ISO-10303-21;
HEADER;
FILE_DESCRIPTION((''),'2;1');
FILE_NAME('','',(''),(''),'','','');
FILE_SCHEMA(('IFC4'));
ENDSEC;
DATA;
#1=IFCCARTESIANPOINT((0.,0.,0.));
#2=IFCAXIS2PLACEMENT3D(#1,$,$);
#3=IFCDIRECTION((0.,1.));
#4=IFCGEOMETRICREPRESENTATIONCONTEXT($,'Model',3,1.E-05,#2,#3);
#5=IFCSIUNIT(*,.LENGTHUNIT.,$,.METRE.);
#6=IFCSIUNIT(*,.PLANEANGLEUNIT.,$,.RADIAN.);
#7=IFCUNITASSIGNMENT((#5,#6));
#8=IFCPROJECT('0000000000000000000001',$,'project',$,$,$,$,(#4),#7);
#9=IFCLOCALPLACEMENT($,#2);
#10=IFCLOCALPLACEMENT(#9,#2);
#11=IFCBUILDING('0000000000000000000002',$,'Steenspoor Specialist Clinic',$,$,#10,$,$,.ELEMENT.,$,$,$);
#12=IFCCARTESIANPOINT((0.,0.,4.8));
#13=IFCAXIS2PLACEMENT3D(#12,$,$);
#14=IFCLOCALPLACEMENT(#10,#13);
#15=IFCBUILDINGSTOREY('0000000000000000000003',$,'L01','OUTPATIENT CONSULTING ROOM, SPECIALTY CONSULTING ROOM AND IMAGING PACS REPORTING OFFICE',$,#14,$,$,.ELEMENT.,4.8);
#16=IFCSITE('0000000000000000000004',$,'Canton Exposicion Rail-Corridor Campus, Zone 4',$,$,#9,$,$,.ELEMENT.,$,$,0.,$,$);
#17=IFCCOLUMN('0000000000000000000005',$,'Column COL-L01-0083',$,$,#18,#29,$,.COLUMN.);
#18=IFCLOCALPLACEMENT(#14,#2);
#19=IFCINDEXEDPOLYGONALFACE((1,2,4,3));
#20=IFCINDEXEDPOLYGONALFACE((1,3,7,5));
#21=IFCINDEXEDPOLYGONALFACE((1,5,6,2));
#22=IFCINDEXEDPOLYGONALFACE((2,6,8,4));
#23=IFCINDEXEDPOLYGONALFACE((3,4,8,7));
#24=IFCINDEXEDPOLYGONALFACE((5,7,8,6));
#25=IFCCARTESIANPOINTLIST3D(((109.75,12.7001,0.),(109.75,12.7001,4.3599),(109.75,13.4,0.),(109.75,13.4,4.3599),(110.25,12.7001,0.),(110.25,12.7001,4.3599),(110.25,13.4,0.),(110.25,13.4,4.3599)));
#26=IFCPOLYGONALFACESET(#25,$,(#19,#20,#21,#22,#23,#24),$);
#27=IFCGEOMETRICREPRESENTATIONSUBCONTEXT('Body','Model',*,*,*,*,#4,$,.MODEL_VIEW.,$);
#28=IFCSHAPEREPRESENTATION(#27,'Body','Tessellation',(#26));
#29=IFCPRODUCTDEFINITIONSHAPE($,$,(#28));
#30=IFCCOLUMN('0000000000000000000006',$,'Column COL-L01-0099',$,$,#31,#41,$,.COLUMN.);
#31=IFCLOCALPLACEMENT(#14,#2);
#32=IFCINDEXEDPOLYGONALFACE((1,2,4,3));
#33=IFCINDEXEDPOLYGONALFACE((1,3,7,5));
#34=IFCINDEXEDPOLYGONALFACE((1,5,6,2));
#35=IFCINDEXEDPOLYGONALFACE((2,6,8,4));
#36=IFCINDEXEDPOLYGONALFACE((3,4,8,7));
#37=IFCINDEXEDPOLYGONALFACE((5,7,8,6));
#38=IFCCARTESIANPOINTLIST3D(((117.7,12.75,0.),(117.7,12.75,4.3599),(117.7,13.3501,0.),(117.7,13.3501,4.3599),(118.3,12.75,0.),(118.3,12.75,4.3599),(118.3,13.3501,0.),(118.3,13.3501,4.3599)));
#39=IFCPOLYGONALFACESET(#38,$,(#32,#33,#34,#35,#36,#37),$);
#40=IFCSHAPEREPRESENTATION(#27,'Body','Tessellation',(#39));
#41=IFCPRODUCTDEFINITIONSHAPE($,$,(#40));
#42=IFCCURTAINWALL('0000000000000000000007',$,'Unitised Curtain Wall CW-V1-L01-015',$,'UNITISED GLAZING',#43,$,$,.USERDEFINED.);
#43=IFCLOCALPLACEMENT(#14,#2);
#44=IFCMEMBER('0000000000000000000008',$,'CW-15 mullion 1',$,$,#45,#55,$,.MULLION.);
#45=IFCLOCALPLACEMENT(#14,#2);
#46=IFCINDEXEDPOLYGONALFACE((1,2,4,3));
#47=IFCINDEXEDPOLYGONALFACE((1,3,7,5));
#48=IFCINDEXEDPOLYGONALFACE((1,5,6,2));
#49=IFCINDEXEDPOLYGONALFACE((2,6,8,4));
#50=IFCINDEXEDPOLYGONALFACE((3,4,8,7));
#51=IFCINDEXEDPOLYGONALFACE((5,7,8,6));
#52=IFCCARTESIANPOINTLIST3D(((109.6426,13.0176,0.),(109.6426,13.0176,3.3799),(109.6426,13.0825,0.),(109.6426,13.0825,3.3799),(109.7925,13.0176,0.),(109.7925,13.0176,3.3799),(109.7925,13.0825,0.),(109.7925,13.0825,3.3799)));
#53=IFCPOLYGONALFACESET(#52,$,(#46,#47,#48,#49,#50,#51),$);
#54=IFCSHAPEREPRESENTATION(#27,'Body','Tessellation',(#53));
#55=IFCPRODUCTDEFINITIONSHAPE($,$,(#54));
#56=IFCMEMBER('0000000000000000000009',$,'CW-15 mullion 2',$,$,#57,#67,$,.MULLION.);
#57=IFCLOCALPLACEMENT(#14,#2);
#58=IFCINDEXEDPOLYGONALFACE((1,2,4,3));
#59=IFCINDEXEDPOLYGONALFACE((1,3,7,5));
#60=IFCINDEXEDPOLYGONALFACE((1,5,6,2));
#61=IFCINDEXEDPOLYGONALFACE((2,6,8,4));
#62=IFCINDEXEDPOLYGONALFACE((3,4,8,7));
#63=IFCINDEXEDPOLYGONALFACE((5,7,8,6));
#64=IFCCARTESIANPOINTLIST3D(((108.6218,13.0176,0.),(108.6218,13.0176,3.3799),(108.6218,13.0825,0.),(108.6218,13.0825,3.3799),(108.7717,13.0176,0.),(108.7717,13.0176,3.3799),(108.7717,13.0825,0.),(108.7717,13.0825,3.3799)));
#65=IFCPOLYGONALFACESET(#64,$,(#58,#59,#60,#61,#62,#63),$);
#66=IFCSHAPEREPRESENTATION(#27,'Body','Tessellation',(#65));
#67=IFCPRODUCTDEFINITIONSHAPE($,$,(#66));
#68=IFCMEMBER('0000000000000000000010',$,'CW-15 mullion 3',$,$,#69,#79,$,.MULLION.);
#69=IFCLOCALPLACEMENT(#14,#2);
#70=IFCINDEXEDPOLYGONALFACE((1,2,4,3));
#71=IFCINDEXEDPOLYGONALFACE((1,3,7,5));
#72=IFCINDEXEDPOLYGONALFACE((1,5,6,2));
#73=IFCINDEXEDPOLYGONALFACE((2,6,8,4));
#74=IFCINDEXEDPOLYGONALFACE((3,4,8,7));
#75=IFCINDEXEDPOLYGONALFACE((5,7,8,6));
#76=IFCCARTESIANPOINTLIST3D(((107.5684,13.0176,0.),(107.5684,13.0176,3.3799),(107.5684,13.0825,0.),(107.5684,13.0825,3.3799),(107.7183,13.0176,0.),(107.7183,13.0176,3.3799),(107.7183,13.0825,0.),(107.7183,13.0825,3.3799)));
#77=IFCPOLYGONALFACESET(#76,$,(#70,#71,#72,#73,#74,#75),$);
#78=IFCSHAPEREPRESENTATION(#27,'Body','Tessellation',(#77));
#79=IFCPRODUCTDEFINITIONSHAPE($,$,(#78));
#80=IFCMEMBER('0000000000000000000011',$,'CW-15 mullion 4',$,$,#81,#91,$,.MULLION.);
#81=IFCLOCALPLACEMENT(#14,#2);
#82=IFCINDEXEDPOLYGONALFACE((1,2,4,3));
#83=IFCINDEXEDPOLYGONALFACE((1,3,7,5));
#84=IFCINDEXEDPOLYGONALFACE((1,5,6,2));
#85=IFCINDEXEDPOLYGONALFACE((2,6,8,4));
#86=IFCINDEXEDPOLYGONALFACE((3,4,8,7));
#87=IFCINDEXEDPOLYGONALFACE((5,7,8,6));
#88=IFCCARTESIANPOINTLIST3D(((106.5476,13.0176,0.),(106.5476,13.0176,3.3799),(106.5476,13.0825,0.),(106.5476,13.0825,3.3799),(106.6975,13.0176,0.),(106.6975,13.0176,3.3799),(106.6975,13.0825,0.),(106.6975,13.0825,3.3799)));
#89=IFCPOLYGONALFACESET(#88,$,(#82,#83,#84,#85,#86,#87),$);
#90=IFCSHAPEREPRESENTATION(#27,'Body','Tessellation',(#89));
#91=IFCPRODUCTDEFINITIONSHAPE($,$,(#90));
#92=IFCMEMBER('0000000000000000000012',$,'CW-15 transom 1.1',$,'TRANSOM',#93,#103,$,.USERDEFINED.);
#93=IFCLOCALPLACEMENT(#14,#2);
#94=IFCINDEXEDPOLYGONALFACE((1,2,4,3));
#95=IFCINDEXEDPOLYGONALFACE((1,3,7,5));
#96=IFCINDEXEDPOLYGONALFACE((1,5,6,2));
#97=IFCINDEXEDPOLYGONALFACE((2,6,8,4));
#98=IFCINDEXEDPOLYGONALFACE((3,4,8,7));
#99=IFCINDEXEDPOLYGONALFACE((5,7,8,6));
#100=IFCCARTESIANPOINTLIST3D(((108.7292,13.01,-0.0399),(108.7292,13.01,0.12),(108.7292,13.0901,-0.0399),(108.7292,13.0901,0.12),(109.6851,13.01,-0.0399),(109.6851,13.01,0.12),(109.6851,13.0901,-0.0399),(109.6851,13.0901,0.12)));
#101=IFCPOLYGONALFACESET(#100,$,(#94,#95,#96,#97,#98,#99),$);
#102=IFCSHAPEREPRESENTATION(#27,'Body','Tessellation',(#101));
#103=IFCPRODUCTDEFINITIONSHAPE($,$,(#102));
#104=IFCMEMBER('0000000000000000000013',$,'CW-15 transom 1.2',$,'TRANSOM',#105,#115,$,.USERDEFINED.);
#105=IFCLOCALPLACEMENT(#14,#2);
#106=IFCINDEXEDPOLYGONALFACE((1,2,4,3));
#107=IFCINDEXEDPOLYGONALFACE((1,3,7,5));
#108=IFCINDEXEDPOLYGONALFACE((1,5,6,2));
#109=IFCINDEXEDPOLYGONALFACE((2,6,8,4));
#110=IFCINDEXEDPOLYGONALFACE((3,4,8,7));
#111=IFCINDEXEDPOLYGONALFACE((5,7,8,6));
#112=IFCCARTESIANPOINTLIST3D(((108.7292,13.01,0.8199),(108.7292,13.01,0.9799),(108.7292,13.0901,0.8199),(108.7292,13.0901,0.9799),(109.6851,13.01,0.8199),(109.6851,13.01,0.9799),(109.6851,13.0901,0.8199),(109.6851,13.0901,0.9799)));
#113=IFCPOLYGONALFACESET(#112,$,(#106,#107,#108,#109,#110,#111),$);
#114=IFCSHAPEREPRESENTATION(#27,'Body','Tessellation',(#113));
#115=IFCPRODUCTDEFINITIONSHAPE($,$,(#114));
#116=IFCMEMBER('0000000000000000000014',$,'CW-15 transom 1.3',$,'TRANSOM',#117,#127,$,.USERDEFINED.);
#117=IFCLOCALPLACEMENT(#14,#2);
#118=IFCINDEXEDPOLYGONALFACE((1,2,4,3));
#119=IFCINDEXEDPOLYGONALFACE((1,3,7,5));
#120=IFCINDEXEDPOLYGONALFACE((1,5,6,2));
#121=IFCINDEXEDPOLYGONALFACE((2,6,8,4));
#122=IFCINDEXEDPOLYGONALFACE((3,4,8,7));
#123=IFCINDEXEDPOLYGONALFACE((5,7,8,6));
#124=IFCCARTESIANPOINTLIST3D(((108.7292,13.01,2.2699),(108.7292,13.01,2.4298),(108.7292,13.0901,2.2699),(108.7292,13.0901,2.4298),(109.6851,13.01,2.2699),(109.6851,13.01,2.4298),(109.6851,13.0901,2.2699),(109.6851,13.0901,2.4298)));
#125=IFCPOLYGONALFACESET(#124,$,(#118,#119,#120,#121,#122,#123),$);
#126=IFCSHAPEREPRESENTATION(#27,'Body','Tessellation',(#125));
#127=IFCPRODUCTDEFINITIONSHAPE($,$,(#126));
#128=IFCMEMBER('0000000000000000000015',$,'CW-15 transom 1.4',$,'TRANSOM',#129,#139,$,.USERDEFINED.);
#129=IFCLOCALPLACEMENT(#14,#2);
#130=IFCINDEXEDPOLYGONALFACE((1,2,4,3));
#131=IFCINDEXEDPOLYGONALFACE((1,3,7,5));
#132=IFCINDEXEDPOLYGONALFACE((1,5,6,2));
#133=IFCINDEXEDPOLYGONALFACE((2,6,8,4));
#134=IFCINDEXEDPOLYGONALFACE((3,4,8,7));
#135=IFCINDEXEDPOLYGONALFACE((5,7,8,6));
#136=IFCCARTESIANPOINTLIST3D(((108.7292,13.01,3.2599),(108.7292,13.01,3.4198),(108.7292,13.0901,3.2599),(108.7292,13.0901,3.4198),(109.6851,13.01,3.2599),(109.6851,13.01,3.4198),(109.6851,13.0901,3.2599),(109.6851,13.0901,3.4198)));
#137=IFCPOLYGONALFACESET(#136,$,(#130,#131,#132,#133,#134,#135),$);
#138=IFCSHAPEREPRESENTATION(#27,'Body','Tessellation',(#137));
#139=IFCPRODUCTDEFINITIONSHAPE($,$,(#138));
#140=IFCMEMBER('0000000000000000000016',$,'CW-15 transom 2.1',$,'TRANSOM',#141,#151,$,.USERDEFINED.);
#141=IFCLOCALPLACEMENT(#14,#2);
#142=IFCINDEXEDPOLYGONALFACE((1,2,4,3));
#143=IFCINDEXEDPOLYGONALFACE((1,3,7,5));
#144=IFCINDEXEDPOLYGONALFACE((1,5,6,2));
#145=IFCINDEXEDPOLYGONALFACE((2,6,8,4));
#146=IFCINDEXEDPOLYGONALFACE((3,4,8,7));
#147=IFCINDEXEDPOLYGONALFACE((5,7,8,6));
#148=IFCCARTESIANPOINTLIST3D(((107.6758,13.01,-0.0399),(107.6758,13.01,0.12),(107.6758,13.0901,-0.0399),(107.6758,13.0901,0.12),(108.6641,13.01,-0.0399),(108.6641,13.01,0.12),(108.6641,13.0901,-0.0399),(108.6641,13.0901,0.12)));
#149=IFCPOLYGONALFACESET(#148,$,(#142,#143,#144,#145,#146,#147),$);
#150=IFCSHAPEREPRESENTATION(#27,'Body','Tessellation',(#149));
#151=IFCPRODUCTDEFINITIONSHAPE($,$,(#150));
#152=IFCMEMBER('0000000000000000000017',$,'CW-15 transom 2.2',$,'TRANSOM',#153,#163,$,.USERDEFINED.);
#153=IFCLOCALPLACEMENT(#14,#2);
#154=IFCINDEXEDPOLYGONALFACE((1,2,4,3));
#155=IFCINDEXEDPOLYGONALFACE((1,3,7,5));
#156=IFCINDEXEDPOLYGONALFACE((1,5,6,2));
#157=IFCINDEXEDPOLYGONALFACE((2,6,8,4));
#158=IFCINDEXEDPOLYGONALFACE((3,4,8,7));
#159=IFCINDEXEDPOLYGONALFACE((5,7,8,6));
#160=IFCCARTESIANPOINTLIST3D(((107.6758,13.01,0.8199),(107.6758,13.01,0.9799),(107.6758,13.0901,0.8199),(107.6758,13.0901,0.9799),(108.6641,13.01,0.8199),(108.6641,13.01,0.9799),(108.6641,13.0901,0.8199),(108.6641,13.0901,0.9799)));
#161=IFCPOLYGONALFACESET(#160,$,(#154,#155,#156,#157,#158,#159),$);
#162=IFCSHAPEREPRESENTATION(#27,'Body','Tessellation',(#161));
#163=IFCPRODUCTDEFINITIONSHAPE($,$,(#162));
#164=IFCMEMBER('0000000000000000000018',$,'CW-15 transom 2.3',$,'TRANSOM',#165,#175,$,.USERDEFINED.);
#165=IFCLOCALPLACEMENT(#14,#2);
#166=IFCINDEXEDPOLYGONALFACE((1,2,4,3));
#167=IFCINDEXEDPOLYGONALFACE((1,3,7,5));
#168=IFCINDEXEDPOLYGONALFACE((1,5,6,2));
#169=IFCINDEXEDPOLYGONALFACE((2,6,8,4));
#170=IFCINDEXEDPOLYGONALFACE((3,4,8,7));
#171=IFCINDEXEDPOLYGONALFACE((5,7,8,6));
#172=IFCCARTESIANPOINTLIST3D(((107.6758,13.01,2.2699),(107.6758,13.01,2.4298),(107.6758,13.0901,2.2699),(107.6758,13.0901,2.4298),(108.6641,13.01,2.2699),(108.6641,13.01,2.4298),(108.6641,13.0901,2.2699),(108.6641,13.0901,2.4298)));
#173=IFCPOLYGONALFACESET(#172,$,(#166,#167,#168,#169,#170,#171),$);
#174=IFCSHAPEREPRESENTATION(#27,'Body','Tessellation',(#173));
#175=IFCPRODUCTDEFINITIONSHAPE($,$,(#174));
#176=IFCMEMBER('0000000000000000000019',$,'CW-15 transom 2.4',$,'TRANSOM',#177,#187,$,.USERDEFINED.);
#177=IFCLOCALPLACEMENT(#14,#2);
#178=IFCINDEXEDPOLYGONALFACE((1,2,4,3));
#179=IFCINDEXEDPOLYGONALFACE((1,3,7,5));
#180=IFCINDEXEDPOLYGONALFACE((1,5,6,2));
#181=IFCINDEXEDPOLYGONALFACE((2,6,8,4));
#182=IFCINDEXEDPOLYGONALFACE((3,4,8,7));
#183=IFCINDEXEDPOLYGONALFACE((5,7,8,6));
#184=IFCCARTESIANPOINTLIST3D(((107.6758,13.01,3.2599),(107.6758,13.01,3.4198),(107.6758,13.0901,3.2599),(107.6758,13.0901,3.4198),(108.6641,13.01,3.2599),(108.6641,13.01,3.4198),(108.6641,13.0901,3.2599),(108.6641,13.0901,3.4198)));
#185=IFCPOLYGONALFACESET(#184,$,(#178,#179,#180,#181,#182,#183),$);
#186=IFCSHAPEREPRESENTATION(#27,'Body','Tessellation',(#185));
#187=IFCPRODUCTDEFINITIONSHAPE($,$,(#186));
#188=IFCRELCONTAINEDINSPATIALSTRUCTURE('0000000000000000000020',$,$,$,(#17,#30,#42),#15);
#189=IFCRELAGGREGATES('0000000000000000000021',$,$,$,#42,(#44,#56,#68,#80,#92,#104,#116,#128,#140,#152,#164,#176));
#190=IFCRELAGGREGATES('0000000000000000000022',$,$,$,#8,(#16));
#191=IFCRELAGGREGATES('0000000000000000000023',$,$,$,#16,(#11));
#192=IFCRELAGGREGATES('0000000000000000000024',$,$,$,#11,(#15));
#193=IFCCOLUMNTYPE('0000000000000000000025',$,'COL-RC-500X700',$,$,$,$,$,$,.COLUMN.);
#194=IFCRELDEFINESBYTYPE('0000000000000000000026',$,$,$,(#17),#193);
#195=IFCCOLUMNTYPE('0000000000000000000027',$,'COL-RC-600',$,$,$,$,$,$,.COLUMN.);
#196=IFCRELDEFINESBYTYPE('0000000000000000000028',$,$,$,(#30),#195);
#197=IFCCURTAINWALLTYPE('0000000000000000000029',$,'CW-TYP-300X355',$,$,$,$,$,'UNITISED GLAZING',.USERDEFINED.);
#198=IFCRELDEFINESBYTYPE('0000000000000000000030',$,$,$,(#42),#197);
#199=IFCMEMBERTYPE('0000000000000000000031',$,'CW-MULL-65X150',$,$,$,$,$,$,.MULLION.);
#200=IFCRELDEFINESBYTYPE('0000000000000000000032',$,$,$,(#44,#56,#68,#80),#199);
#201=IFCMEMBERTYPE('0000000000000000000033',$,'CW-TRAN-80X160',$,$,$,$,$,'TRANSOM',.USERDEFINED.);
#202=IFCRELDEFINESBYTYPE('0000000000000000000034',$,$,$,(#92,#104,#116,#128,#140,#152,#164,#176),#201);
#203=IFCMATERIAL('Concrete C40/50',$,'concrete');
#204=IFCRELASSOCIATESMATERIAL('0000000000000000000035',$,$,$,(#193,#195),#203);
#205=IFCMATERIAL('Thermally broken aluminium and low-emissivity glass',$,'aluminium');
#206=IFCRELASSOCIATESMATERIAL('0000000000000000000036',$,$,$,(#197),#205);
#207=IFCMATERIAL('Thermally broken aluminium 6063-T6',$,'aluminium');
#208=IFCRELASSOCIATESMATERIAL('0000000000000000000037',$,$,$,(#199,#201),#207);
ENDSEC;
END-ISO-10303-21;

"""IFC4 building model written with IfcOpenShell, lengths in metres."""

from ifc_helpers import new_model, si_unit, direction, frame, origin, origin_2d, place, context, subcontext, project, spatial, rectangle, extrude, material, material_profile, profile_set, type_object, element, aggregate, save


model = new_model("IFC4")

# Units and contexts
model_context = context("Model", 3, precision=1e-05, world=origin(), true_north=direction((0.0, 1.0)))
body_context = subcontext(model_context, "Body", "Model", "MODEL_VIEW")
ifc_project = project(units=[si_unit("LENGTHUNIT", "METRE"), si_unit("PLANEANGLEUNIT", "RADIAN")], contexts=[model_context])

# Site, building, storey
site_placement = place(None, origin())
site = spatial("IfcSite", under=ifc_project, at=site_placement, Name="Canton Exposicion Rail-Corridor Campus, Zone 4", CompositionType="ELEMENT", RefElevation=0.0)
building_placement = place(site_placement, origin())
building = spatial("IfcBuilding", under=site, at=building_placement, Name="Steenspoor Specialist Clinic", CompositionType="ELEMENT")
storey_placement = place(building_placement, frame((0.0, 0.0, 4.8)))
storey = spatial("IfcBuildingStorey", under=building, at=storey_placement, Name="L01", Description="OUTPATIENT CONSULTING ROOM, SPECIALTY CONSULTING ROOM AND IMAGING PACS REPORTING OFFICE", CompositionType="ELEMENT", Elevation=4.8)

# Columns
ifc_material_1 = material(Name="Concrete C40/50", Category="concrete")
ifc_material_profile_1 = material_profile(ifc_material_1, rectangle(XDim=0.5, YDim=0.7, at=origin_2d()), Name="RC-COL-500X700")
ifc_profile_set_1 = profile_set([ifc_material_profile_1], Name="Concrete C40/50")
column_type_1 = type_object("IfcColumnType", Name="COL-RC-500X700", PredefinedType="COLUMN", material=ifc_profile_set_1)
column_1_placement = place(storey_placement, frame((110.0, 13.05, 0.0), z_axis=(0.0, 0.0, 1.0), x_axis=(1.0, 0.0, 0.0)))
element("IfcColumn", 1, at=column_1_placement, inside=storey, type_object=column_type_1, Name="Column COL-L01-0083", PredefinedType="COLUMN", context=body_context, shape_type="SweptSolid", body=[
    extrude(rectangle(XDim=0.5, YDim=0.7, at=origin_2d()), origin(), (0.0, 0.0, 1.0), 4.3599),
])
ifc_material_profile_2 = material_profile(ifc_material_1, rectangle(XDim=0.6001, YDim=0.6001, at=origin_2d()), Name="RC-COL-600X600")
ifc_profile_set_2 = profile_set([ifc_material_profile_2], Name="Concrete C40/50")
column_type_2 = type_object("IfcColumnType", Name="COL-RC-600", PredefinedType="COLUMN", material=ifc_profile_set_2)
column_2_placement = place(storey_placement, frame((118.0, 13.05, 0.0), z_axis=(0.0, 0.0, 1.0), x_axis=(1.0, 0.0, 0.0)))
element("IfcColumn", 2, at=column_2_placement, inside=storey, type_object=column_type_2, Name="Column COL-L01-0099", PredefinedType="COLUMN", context=body_context, shape_type="SweptSolid", body=[
    extrude(rectangle(XDim=0.6001, YDim=0.6001, at=origin_2d()), origin(), (0.0, 0.0, 1.0), 4.3599),
])

# Curtain wall, members
ifc_material_2 = material(Name="Thermally broken aluminium and low-emissivity glass", Category="aluminium")
curtain_wall_type = type_object("IfcCurtainWallType", Name="CW-TYP-300X355", ElementType="UNITISED GLAZING", PredefinedType="USERDEFINED", material=ifc_material_2)
curtain_wall_placement = place(storey_placement, origin())
curtain_wall = element("IfcCurtainWall", 3, at=curtain_wall_placement, inside=storey, type_object=curtain_wall_type, Name="Unitised Curtain Wall CW-V1-L01-015", ObjectType="UNITISED GLAZING", PredefinedType="USERDEFINED")
ifc_material_3 = material(Name="Thermally broken aluminium 6063-T6", Category="aluminium")
ifc_material_profile_3 = material_profile(ifc_material_3, rectangle(XDim=0.0649, YDim=0.1499, at=origin_2d()), Name="CWM-65X150")
ifc_profile_set_3 = profile_set([ifc_material_profile_3], Name="Thermally broken aluminium 6063-T6")
member_type_1 = type_object("IfcMemberType", Name="CW-MULL-65X150", PredefinedType="MULLION", material=ifc_profile_set_3)
member_1_placement = place(storey_placement, frame((109.7175, 13.05, 0.0), z_axis=(0.0, 0.0, 1.0), x_axis=(0.0, -1.0, 0.0)))
member_1 = element("IfcMember", 4, at=member_1_placement, type_object=member_type_1, Name="CW-15 mullion 1", PredefinedType="MULLION", context=body_context, shape_type="SweptSolid", body=[
    extrude(rectangle(XDim=0.0649, YDim=0.1499, at=origin_2d()), origin(), (0.0, 0.0, 1.0), 3.3799),
])
member_2_placement = place(storey_placement, frame((108.6968, 13.05, 0.0), z_axis=(0.0, 0.0, 1.0), x_axis=(0.0, -1.0, 0.0)))
member_2 = element("IfcMember", 5, at=member_2_placement, type_object=member_type_1, Name="CW-15 mullion 2", PredefinedType="MULLION", context=body_context, shape_type="SweptSolid", body=[
    extrude(rectangle(XDim=0.0649, YDim=0.1499, at=origin_2d()), origin(), (0.0, 0.0, 1.0), 3.3799),
])
member_3_placement = place(storey_placement, frame((107.6433, 13.05, 0.0), z_axis=(0.0, 0.0, 1.0), x_axis=(0.0, -1.0, 0.0)))
member_3 = element("IfcMember", 6, at=member_3_placement, type_object=member_type_1, Name="CW-15 mullion 3", PredefinedType="MULLION", context=body_context, shape_type="SweptSolid", body=[
    extrude(rectangle(XDim=0.0649, YDim=0.1499, at=origin_2d()), origin(), (0.0, 0.0, 1.0), 3.3799),
])
member_4_placement = place(storey_placement, frame((106.6226, 13.05, 0.0), z_axis=(0.0, 0.0, 1.0), x_axis=(0.0, -1.0, 0.0)))
member_4 = element("IfcMember", 7, at=member_4_placement, type_object=member_type_1, Name="CW-15 mullion 4", PredefinedType="MULLION", context=body_context, shape_type="SweptSolid", body=[
    extrude(rectangle(XDim=0.0649, YDim=0.1499, at=origin_2d()), origin(), (0.0, 0.0, 1.0), 3.3799),
])
ifc_material_profile_4 = material_profile(ifc_material_3, rectangle(XDim=0.0801, YDim=0.1599, at=origin_2d()), Name="CWT-80X160")
ifc_profile_set_4 = profile_set([ifc_material_profile_4], Name="Thermally broken aluminium 6063-T6")
member_type_2 = type_object("IfcMemberType", Name="CW-TRAN-80X160", ElementType="TRANSOM", PredefinedType="USERDEFINED", material=ifc_profile_set_4)
member_5_placement = place(storey_placement, frame((109.6851, 13.05, 0.04), z_axis=(-1.0, 0.0, 0.0), x_axis=(0.0, -1.0, 0.0)))
member_5 = element("IfcMember", 8, at=member_5_placement, type_object=member_type_2, Name="CW-15 transom 1.1", ObjectType="TRANSOM", PredefinedType="USERDEFINED", context=body_context, shape_type="SweptSolid", body=[
    extrude(rectangle(XDim=0.0801, YDim=0.1599, at=origin_2d()), origin(), (0.0, 0.0, 1.0), 0.9558),
])
member_6_placement = place(storey_placement, frame((109.6851, 13.05, 0.8999), z_axis=(-1.0, 0.0, 0.0), x_axis=(0.0, -1.0, 0.0)))
member_6 = element("IfcMember", 9, at=member_6_placement, type_object=member_type_2, Name="CW-15 transom 1.2", ObjectType="TRANSOM", PredefinedType="USERDEFINED", context=body_context, shape_type="SweptSolid", body=[
    extrude(rectangle(XDim=0.0801, YDim=0.1599, at=origin_2d()), origin(), (0.0, 0.0, 1.0), 0.9558),
])
member_7_placement = place(storey_placement, frame((109.6851, 13.05, 2.3499), z_axis=(-1.0, 0.0, 0.0), x_axis=(0.0, -1.0, 0.0)))
member_7 = element("IfcMember", 10, at=member_7_placement, type_object=member_type_2, Name="CW-15 transom 1.3", ObjectType="TRANSOM", PredefinedType="USERDEFINED", context=body_context, shape_type="SweptSolid", body=[
    extrude(rectangle(XDim=0.0801, YDim=0.1599, at=origin_2d()), origin(), (0.0, 0.0, 1.0), 0.9558),
])
member_8_placement = place(storey_placement, frame((109.6851, 13.05, 3.3398), z_axis=(-1.0, 0.0, 0.0), x_axis=(0.0, -1.0, 0.0)))
member_8 = element("IfcMember", 11, at=member_8_placement, type_object=member_type_2, Name="CW-15 transom 1.4", ObjectType="TRANSOM", PredefinedType="USERDEFINED", context=body_context, shape_type="SweptSolid", body=[
    extrude(rectangle(XDim=0.0801, YDim=0.1599, at=origin_2d()), origin(), (0.0, 0.0, 1.0), 0.9558),
])
member_9_placement = place(storey_placement, frame((108.6641, 13.05, 0.04), z_axis=(-1.0, 0.0, 0.0), x_axis=(0.0, -1.0, 0.0)))
member_9 = element("IfcMember", 12, at=member_9_placement, type_object=member_type_2, Name="CW-15 transom 2.1", ObjectType="TRANSOM", PredefinedType="USERDEFINED", context=body_context, shape_type="SweptSolid", body=[
    extrude(rectangle(XDim=0.0801, YDim=0.1599, at=origin_2d()), origin(), (0.0, 0.0, 1.0), 0.9883),
])
member_10_placement = place(storey_placement, frame((108.6641, 13.05, 0.8999), z_axis=(-1.0, 0.0, 0.0), x_axis=(0.0, -1.0, 0.0)))
member_10 = element("IfcMember", 13, at=member_10_placement, type_object=member_type_2, Name="CW-15 transom 2.2", ObjectType="TRANSOM", PredefinedType="USERDEFINED", context=body_context, shape_type="SweptSolid", body=[
    extrude(rectangle(XDim=0.0801, YDim=0.1599, at=origin_2d()), origin(), (0.0, 0.0, 1.0), 0.9883),
])
member_11_placement = place(storey_placement, frame((108.6641, 13.05, 2.3499), z_axis=(-1.0, 0.0, 0.0), x_axis=(0.0, -1.0, 0.0)))
member_11 = element("IfcMember", 14, at=member_11_placement, type_object=member_type_2, Name="CW-15 transom 2.3", ObjectType="TRANSOM", PredefinedType="USERDEFINED", context=body_context, shape_type="SweptSolid", body=[
    extrude(rectangle(XDim=0.0801, YDim=0.1599, at=origin_2d()), origin(), (0.0, 0.0, 1.0), 0.9883),
])
member_12_placement = place(storey_placement, frame((108.6641, 13.05, 3.3398), z_axis=(-1.0, 0.0, 0.0), x_axis=(0.0, -1.0, 0.0)))
member_12 = element("IfcMember", 15, at=member_12_placement, type_object=member_type_2, Name="CW-15 transom 2.4", ObjectType="TRANSOM", PredefinedType="USERDEFINED", context=body_context, shape_type="SweptSolid", body=[
    extrude(rectangle(XDim=0.0801, YDim=0.1599, at=origin_2d()), origin(), (0.0, 0.0, 1.0), 0.9883),
])
aggregate(curtain_wall, [member_1, member_2, member_3, member_4, member_5, member_6, member_7, member_8, member_9, member_10, member_11, member_12])

save(model, "model.ifc")
